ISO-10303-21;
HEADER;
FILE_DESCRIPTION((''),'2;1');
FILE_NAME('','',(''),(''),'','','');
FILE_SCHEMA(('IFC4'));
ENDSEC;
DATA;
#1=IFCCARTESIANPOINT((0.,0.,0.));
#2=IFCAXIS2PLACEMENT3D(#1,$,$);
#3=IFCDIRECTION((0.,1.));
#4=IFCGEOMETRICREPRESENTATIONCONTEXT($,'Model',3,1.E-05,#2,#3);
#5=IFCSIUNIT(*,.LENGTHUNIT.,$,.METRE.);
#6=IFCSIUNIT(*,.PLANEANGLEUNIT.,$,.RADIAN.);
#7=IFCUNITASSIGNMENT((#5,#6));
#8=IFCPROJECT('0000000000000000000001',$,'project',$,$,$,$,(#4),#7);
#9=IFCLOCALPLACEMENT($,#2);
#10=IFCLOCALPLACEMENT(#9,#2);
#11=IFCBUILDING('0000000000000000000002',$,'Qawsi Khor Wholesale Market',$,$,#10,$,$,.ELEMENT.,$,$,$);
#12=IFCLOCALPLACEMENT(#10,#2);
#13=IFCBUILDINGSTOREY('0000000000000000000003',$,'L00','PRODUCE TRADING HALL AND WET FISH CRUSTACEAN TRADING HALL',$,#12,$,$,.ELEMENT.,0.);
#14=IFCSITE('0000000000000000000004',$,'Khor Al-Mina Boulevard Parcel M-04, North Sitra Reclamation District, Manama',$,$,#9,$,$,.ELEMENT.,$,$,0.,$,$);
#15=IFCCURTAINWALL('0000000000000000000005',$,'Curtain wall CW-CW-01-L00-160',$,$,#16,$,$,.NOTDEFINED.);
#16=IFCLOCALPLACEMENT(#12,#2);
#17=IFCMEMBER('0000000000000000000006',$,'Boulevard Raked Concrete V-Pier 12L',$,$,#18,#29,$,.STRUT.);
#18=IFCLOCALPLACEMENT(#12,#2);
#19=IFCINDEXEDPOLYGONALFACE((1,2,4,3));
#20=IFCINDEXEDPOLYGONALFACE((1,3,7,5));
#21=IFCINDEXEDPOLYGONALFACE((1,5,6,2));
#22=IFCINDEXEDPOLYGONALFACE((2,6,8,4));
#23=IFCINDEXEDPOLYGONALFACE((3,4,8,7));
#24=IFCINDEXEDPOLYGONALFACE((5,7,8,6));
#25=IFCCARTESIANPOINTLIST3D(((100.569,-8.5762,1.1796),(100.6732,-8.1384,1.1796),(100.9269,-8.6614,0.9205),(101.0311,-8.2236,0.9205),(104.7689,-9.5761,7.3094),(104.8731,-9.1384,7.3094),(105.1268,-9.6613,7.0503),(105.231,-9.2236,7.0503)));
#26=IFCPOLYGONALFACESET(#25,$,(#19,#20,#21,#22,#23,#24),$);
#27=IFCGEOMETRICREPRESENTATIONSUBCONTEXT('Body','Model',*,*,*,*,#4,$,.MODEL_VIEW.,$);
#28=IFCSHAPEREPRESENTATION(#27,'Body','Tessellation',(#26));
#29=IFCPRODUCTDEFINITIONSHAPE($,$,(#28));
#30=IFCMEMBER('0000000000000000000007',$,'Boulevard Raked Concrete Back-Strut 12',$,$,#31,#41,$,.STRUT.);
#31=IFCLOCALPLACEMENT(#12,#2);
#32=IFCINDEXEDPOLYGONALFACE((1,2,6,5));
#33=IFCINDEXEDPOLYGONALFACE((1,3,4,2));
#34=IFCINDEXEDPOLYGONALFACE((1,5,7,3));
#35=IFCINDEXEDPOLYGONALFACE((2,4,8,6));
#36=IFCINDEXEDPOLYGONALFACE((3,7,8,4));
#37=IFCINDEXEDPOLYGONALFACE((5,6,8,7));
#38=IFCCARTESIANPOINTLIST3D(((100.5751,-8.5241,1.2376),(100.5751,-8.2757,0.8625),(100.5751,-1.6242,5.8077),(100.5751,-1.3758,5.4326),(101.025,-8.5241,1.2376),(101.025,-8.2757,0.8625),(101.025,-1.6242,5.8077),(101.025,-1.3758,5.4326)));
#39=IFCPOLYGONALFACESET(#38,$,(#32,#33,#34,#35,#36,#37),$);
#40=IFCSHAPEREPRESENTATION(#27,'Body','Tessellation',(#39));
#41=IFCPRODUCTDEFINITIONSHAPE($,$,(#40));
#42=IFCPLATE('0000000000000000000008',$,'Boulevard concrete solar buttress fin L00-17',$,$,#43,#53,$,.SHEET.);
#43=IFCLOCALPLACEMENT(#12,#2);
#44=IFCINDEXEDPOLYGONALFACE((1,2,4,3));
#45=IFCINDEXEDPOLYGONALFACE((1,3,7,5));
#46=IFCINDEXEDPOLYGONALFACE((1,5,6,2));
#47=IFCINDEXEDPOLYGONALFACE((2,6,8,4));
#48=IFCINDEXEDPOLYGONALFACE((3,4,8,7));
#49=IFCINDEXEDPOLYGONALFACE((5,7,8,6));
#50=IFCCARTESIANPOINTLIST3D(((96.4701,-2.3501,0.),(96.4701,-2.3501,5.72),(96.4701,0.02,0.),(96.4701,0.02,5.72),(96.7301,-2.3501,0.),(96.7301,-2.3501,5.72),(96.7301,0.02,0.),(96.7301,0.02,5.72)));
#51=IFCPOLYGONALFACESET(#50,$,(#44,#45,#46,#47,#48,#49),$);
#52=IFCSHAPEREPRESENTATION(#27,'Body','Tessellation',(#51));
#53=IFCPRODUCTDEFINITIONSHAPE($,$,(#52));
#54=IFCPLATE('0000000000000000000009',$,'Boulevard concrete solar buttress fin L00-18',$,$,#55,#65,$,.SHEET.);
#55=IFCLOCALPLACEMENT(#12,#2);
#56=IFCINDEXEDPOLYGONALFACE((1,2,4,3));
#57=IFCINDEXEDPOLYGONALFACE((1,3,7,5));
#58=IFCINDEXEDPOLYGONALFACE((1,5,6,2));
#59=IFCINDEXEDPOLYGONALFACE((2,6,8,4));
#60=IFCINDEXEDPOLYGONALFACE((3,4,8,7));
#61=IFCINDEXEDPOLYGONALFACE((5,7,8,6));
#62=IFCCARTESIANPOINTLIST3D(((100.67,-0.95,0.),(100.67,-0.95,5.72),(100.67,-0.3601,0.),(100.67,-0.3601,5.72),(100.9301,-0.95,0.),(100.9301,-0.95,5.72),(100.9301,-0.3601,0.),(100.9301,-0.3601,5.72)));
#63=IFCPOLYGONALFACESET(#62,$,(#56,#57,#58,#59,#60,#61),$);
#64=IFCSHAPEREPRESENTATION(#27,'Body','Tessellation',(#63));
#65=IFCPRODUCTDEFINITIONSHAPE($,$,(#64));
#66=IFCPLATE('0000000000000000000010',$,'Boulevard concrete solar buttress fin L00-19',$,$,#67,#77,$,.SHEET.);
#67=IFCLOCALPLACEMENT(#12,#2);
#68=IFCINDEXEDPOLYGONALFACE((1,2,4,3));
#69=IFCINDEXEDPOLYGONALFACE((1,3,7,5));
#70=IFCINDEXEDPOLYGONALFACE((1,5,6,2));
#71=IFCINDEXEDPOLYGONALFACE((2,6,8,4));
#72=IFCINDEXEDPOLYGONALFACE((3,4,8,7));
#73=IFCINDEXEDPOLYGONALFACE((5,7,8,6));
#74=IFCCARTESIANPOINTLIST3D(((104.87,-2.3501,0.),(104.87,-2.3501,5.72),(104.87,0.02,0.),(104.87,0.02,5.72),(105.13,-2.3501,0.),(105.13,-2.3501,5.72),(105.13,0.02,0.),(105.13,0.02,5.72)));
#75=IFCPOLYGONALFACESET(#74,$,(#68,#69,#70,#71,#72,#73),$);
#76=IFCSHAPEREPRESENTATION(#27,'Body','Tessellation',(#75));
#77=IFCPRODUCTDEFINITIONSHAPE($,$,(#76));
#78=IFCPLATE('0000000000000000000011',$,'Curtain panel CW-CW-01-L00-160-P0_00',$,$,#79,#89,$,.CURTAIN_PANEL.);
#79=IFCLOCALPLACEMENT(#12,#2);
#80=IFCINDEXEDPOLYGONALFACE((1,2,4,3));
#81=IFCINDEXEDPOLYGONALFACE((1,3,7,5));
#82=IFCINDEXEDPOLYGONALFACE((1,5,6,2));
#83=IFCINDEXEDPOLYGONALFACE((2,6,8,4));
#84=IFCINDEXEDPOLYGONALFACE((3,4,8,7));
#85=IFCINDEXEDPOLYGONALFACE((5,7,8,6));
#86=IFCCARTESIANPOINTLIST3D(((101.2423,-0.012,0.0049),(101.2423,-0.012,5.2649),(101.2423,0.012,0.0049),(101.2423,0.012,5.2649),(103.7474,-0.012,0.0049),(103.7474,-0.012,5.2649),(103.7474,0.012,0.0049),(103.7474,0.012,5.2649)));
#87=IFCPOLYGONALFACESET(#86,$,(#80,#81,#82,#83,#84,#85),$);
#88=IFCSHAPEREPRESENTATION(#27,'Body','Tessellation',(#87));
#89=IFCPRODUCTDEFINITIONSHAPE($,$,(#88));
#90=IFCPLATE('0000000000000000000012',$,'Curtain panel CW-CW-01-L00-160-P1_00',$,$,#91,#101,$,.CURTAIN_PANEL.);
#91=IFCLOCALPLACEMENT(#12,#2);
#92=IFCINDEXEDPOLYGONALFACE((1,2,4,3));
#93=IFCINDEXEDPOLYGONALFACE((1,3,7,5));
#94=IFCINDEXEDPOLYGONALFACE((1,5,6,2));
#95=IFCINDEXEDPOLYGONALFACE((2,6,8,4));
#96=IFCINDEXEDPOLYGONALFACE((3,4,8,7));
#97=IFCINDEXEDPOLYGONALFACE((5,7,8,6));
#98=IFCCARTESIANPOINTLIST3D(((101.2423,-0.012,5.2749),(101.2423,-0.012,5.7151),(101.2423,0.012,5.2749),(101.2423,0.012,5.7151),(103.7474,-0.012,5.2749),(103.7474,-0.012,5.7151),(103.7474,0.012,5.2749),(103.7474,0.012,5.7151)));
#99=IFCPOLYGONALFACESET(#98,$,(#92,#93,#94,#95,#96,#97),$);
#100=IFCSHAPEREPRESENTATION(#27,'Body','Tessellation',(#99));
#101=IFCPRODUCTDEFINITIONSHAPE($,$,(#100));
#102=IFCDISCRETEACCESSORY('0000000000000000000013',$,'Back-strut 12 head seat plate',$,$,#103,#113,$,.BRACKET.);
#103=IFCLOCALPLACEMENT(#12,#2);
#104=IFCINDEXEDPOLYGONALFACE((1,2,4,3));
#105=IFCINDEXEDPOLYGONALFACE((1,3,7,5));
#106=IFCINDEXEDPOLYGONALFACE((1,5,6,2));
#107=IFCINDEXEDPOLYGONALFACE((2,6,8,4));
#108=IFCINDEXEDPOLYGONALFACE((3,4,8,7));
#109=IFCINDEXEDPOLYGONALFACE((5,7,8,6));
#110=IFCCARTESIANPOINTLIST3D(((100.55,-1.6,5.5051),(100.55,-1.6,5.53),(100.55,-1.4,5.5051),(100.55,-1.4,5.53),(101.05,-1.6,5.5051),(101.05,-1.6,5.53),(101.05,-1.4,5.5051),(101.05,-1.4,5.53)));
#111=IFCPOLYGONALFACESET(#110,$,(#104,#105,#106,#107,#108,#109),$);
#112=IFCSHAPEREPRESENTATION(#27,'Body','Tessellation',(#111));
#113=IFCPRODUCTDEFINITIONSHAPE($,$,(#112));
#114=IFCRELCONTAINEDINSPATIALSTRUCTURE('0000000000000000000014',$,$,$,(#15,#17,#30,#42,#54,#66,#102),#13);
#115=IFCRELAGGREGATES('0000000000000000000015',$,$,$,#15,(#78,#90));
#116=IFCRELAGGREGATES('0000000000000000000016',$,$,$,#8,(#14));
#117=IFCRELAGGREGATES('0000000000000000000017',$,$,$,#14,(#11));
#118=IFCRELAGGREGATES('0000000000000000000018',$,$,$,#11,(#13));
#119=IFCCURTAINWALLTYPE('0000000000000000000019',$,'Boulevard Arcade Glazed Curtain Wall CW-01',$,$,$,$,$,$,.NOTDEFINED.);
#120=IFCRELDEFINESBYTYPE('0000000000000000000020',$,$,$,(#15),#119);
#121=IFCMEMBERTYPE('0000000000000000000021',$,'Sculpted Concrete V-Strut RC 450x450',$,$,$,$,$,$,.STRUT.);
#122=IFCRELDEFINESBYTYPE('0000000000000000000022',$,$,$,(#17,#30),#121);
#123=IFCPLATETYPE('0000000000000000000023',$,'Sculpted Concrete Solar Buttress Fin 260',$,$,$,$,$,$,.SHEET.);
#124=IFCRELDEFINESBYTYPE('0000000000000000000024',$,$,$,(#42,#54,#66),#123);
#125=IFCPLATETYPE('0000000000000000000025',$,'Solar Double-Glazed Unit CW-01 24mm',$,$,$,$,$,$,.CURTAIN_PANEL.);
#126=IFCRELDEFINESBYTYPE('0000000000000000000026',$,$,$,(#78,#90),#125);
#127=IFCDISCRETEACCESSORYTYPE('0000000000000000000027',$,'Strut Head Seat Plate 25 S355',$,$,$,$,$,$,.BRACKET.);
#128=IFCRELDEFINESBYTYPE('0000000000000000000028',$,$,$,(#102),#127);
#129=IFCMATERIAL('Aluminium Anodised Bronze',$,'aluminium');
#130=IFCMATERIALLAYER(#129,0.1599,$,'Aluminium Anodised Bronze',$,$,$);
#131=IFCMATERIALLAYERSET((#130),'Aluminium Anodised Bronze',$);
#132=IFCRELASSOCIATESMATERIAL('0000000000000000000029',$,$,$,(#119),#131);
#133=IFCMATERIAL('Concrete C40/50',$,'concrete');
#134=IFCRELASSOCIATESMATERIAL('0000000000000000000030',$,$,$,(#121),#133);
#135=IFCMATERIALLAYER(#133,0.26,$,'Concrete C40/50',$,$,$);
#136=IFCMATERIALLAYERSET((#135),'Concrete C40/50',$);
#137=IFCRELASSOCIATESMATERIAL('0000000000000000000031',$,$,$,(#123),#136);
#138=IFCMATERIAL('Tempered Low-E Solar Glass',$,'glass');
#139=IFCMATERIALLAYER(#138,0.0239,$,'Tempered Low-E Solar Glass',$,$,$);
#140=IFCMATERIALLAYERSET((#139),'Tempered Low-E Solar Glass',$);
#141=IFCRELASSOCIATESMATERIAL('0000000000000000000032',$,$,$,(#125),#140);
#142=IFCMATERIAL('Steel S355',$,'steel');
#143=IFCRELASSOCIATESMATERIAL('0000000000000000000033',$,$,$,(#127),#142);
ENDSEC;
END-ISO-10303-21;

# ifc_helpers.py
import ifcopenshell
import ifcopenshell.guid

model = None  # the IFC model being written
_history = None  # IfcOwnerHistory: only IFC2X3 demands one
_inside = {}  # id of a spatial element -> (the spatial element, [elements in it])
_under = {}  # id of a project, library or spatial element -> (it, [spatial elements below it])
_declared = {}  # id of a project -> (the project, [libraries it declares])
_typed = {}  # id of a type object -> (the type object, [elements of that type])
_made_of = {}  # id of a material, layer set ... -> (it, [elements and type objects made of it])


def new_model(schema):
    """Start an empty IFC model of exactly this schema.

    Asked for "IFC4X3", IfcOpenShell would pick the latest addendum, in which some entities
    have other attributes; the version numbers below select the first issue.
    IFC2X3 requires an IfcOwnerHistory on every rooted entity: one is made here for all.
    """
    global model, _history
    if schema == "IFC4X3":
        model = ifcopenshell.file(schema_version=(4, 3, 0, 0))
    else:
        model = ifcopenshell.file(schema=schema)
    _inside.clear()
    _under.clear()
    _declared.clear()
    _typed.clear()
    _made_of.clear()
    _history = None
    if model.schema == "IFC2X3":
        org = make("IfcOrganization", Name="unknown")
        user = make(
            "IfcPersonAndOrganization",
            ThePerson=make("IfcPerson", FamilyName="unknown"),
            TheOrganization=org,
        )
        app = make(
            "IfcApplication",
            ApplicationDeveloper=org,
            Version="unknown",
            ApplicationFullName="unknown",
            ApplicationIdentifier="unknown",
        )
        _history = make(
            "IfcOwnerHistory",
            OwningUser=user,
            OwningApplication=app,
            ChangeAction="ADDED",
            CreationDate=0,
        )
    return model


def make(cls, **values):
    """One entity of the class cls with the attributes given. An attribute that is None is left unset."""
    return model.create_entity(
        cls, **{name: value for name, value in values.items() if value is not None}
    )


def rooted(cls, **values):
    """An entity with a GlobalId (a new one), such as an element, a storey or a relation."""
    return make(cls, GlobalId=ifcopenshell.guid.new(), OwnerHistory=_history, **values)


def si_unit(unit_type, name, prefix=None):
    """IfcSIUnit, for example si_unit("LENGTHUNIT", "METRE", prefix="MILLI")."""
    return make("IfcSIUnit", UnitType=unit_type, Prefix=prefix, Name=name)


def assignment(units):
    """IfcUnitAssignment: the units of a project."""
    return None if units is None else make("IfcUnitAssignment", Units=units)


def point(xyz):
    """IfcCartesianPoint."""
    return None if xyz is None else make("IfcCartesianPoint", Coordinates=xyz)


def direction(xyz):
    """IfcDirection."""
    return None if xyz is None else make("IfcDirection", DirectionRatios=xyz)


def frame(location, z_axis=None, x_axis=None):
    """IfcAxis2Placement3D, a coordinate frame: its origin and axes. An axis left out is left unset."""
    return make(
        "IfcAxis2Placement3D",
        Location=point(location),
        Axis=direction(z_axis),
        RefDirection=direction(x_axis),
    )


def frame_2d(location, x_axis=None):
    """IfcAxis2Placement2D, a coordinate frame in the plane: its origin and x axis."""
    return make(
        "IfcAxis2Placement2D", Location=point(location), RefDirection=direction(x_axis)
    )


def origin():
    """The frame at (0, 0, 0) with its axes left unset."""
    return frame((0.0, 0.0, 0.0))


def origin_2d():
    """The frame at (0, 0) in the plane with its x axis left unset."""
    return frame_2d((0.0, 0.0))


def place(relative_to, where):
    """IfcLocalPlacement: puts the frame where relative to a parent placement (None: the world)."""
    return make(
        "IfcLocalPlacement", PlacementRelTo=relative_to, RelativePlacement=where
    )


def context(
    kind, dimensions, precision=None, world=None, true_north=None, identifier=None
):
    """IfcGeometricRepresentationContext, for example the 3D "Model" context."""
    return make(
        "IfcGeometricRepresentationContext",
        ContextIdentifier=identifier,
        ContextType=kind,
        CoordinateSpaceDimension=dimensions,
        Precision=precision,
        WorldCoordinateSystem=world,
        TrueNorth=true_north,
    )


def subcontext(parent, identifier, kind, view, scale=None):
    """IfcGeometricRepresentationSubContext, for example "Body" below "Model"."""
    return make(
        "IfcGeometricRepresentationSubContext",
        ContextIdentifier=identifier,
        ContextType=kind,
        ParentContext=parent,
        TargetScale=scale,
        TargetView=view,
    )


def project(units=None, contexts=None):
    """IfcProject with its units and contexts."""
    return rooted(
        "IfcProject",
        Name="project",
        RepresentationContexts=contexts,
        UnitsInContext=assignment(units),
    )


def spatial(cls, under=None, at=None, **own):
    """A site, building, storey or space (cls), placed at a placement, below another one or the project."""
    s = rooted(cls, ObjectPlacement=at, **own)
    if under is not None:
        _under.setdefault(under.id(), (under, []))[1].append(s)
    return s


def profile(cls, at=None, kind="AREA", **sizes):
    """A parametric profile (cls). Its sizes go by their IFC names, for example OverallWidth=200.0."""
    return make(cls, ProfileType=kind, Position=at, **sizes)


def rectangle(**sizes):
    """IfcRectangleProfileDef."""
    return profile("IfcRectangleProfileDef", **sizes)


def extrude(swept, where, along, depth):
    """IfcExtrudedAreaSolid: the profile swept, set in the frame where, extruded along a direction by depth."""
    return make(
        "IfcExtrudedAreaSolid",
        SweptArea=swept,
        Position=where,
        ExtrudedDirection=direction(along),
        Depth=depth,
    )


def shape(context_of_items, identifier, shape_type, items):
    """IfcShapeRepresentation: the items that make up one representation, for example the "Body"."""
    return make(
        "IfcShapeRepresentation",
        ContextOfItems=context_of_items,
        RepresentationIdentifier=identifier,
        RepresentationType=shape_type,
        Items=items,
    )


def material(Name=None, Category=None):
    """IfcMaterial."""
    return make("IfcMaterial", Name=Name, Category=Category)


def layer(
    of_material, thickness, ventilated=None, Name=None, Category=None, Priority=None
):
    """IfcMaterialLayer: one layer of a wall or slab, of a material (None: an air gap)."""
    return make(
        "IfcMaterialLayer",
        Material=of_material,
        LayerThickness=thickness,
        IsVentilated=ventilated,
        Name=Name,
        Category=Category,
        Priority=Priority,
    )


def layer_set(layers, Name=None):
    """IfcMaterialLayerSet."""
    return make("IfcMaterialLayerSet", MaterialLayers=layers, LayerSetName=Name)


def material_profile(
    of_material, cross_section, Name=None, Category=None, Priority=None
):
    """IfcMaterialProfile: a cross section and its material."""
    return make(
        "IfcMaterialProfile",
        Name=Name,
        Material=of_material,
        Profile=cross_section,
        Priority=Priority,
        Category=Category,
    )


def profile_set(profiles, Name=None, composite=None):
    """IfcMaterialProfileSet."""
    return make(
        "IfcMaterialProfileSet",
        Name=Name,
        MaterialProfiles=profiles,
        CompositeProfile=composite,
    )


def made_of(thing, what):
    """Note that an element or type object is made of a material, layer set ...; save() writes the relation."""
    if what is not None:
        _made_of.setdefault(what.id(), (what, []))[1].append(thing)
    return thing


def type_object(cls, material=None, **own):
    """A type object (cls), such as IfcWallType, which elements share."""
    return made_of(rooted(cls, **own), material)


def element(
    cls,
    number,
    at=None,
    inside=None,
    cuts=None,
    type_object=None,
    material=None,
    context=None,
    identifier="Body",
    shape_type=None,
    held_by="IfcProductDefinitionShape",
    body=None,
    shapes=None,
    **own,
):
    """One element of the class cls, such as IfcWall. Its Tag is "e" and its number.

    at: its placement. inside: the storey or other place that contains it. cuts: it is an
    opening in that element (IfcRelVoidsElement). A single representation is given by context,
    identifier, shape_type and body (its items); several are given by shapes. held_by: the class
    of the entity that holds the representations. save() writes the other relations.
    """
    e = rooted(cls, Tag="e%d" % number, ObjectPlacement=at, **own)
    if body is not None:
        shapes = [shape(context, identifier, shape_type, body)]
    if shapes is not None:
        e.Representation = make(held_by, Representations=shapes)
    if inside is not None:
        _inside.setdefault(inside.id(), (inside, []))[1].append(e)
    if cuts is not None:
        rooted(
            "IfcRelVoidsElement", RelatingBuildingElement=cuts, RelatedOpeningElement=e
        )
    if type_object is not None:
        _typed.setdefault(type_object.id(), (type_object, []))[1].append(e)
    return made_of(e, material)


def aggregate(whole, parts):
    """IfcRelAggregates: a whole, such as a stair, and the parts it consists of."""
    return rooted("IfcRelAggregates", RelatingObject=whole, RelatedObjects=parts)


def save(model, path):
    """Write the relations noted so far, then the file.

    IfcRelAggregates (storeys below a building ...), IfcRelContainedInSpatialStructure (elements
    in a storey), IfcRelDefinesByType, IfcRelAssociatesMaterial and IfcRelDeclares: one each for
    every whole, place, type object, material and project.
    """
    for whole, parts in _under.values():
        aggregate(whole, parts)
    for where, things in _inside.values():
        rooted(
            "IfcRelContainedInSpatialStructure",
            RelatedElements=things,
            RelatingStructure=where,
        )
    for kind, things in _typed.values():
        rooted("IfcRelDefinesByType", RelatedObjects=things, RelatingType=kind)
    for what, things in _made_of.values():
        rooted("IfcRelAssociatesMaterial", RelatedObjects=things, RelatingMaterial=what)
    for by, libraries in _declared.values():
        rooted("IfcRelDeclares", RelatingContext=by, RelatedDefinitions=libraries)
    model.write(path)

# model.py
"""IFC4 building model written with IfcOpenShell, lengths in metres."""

from ifc_helpers import new_model, si_unit, direction, frame, frame_2d, origin, origin_2d, place, context, subcontext, project, spatial, rectangle, extrude, material, layer, layer_set, material_profile, profile_set, type_object, element, aggregate, save


model = new_model("IFC4")

# Units and contexts
model_context = context("Model", 3, precision=1e-05, world=origin(), true_north=direction((0.0, 1.0)))
body_context = subcontext(model_context, "Body", "Model", "MODEL_VIEW")
ifc_project = project(units=[si_unit("LENGTHUNIT", "METRE"), si_unit("PLANEANGLEUNIT", "RADIAN")], contexts=[model_context])

# Site, building, storey
site_placement = place(None, origin())
site = spatial("IfcSite", under=ifc_project, at=site_placement, Name="Khor Al-Mina Boulevard Parcel M-04, North Sitra Reclamation District, Manama", CompositionType="ELEMENT", RefElevation=0.0)
building_placement = place(site_placement, origin())
building = spatial("IfcBuilding", under=site, at=building_placement, Name="Qawsi Khor Wholesale Market", CompositionType="ELEMENT")
storey_placement = place(building_placement, origin())
storey = spatial("IfcBuildingStorey", under=building, at=storey_placement, Name="L00", Description="PRODUCE TRADING HALL AND WET FISH CRUSTACEAN TRADING HALL", CompositionType="ELEMENT", Elevation=0.0)

# Shared definitions
ifc_material_1 = material(Name="Concrete C40/50", Category="concrete")

# Curtain wall
ifc_material_2 = material(Name="Aluminium Anodised Bronze", Category="aluminium")
ifc_layer_1 = layer(ifc_material_2, 0.1599, Name="Aluminium Anodised Bronze")
ifc_layer_set_1 = layer_set([ifc_layer_1], Name="Aluminium Anodised Bronze")
curtain_wall_type = type_object("IfcCurtainWallType", Name="Boulevard Arcade Glazed Curtain Wall CW-01", PredefinedType="NOTDEFINED", material=ifc_layer_set_1)
curtain_wall_placement = place(storey_placement, origin())
curtain_wall = element("IfcCurtainWall", 1, at=curtain_wall_placement, inside=storey, type_object=curtain_wall_type, Name="Curtain wall CW-CW-01-L00-160", PredefinedType="NOTDEFINED")

# Members
ifc_material_profile_1 = material_profile(ifc_material_1, rectangle(XDim=0.45, YDim=0.45, at=origin_2d()), Name="RC 450x450")
ifc_profile_set_1 = profile_set([ifc_material_profile_1], Name="Concrete C40/50")
member_type_1 = type_object("IfcMemberType", Name="Sculpted Concrete V-Strut RC 450x450", PredefinedType="STRUT", material=ifc_profile_set_1)
for number, where, z_axis, x_axis, name in (
    (2, (100.8, -8.3999, 1.05), (0.560168, -0.133375, 0.817572), (0.231623, 0.972806, 0.0), "Boulevard Raked Concrete V-Pier 12L"),
):
    element("IfcMember", number, at=place(storey_placement, frame(where, z_axis=z_axis, x_axis=x_axis)), inside=storey, type_object=member_type_1, Name=name, PredefinedType="STRUT", context=body_context, shape_type="SweptSolid", body=[
        extrude(rectangle(XDim=0.45, YDim=0.45, at=origin_2d()), origin(), (0.0, 0.0, 1.0), 7.4976),
    ])
member_1_placement = place(storey_placement, frame((100.8, -8.3999, 1.05), z_axis=(0.0, 0.833712, 0.552199), x_axis=(-1.0, 0.0, 0.0)))
element("IfcMember", 3, at=member_1_placement, inside=storey, type_object=member_type_1, Name="Boulevard Raked Concrete Back-Strut 12", PredefinedType="STRUT", context=body_context, shape_type="SweptSolid", body=[
    extrude(rectangle(XDim=0.45, YDim=0.45, at=origin_2d()), origin(), (0.0, 0.0, 1.0), 8.2761),
])

# Plates
ifc_layer_2 = layer(ifc_material_1, 0.26, Name="Concrete C40/50")
ifc_layer_set_2 = layer_set([ifc_layer_2], Name="Concrete C40/50")
plate_type_1 = type_object("IfcPlateType", Name="Sculpted Concrete Solar Buttress Fin 260", PredefinedType="SHEET", material=ifc_layer_set_2)
plate_1_placement = place(storey_placement, frame((96.6001, -2.3501, 0.0), z_axis=(0.0, 0.0, 1.0), x_axis=(0.0, 1.0, 0.0)))
element("IfcPlate", 4, at=plate_1_placement, inside=storey, type_object=plate_type_1, Name="Boulevard concrete solar buttress fin L00-17", PredefinedType="SHEET", context=body_context, shape_type="SweptSolid", body=[
    extrude(rectangle(XDim=2.3701, YDim=0.26, at=frame_2d((1.1851, 0.0))), origin(), (0.0, 0.0, 1.0), 5.72),
])
plate_2_placement = place(storey_placement, frame((100.8, -0.95, 0.0), z_axis=(0.0, 0.0, 1.0), x_axis=(0.0, 1.0, 0.0)))
element("IfcPlate", 5, at=plate_2_placement, inside=storey, type_object=plate_type_1, Name="Boulevard concrete solar buttress fin L00-18", PredefinedType="SHEET", context=body_context, shape_type="SweptSolid", body=[
    extrude(rectangle(XDim=0.5898, YDim=0.26, at=frame_2d((0.2949, 0.0))), origin(), (0.0, 0.0, 1.0), 5.72),
])
plate_3_placement = place(storey_placement, frame((105.0, -2.3501, 0.0), z_axis=(0.0, 0.0, 1.0), x_axis=(0.0, 1.0, 0.0)))
element("IfcPlate", 6, at=plate_3_placement, inside=storey, type_object=plate_type_1, Name="Boulevard concrete solar buttress fin L00-19", PredefinedType="SHEET", context=body_context, shape_type="SweptSolid", body=[
    extrude(rectangle(XDim=2.3701, YDim=0.26, at=frame_2d((1.1851, 0.0))), origin(), (0.0, 0.0, 1.0), 5.72),
])

# Plates
ifc_material_3 = material(Name="Tempered Low-E Solar Glass", Category="glass")
ifc_layer_3 = layer(ifc_material_3, 0.0239, Name="Tempered Low-E Solar Glass")
ifc_layer_set_3 = layer_set([ifc_layer_3], Name="Tempered Low-E Solar Glass")
plate_type_2 = type_object("IfcPlateType", Name="Solar Double-Glazed Unit CW-01 24mm", PredefinedType="CURTAIN_PANEL", material=ifc_layer_set_3)
plate_4_placement = place(storey_placement, frame((101.2424, 0.0, 0.0049), z_axis=(0.0, 0.0, 1.0), x_axis=(1.0, 0.0, 0.0)))
plate_4 = element("IfcPlate", 7, at=plate_4_placement, type_object=plate_type_2, Name="Curtain panel CW-CW-01-L00-160-P0_00", PredefinedType="CURTAIN_PANEL", context=body_context, shape_type="SweptSolid", body=[
    extrude(rectangle(XDim=2.5051, YDim=0.0239, at=frame_2d((1.2524, 0.0))), origin(), (0.0, 0.0, 1.0), 5.26),
])
plate_5_placement = place(storey_placement, frame((101.2424, 0.0, 5.2749), z_axis=(0.0, 0.0, 1.0), x_axis=(1.0, 0.0, 0.0)))
plate_5 = element("IfcPlate", 8, at=plate_5_placement, type_object=plate_type_2, Name="Curtain panel CW-CW-01-L00-160-P1_00", PredefinedType="CURTAIN_PANEL", context=body_context, shape_type="SweptSolid", body=[
    extrude(rectangle(XDim=2.5051, YDim=0.0239, at=frame_2d((1.2524, 0.0))), origin(), (0.0, 0.0, 1.0), 0.4402),
])
aggregate(curtain_wall, [plate_4, plate_5])

# Discrete accessory
ifc_material_4 = material(Name="Steel S355", Category="steel")
discrete_accessory_type = type_object("IfcDiscreteAccessoryType", Name="Strut Head Seat Plate 25 S355", PredefinedType="BRACKET", material=ifc_material_4)
discrete_accessory_placement = place(storey_placement, frame((100.8, -1.5, 5.5051), z_axis=(0.0, 0.0, 1.0), x_axis=(1.0, 0.0, 0.0)))
element("IfcDiscreteAccessory", 9, at=discrete_accessory_placement, inside=storey, type_object=discrete_accessory_type, Name="Back-strut 12 head seat plate", PredefinedType="BRACKET", context=body_context, shape_type="SweptSolid", body=[
    extrude(rectangle(XDim=0.5, YDim=0.2, at=origin_2d()), origin(), (0.0, 0.0, 1.0), 0.0249),
])

save(model, "model.ifc")
